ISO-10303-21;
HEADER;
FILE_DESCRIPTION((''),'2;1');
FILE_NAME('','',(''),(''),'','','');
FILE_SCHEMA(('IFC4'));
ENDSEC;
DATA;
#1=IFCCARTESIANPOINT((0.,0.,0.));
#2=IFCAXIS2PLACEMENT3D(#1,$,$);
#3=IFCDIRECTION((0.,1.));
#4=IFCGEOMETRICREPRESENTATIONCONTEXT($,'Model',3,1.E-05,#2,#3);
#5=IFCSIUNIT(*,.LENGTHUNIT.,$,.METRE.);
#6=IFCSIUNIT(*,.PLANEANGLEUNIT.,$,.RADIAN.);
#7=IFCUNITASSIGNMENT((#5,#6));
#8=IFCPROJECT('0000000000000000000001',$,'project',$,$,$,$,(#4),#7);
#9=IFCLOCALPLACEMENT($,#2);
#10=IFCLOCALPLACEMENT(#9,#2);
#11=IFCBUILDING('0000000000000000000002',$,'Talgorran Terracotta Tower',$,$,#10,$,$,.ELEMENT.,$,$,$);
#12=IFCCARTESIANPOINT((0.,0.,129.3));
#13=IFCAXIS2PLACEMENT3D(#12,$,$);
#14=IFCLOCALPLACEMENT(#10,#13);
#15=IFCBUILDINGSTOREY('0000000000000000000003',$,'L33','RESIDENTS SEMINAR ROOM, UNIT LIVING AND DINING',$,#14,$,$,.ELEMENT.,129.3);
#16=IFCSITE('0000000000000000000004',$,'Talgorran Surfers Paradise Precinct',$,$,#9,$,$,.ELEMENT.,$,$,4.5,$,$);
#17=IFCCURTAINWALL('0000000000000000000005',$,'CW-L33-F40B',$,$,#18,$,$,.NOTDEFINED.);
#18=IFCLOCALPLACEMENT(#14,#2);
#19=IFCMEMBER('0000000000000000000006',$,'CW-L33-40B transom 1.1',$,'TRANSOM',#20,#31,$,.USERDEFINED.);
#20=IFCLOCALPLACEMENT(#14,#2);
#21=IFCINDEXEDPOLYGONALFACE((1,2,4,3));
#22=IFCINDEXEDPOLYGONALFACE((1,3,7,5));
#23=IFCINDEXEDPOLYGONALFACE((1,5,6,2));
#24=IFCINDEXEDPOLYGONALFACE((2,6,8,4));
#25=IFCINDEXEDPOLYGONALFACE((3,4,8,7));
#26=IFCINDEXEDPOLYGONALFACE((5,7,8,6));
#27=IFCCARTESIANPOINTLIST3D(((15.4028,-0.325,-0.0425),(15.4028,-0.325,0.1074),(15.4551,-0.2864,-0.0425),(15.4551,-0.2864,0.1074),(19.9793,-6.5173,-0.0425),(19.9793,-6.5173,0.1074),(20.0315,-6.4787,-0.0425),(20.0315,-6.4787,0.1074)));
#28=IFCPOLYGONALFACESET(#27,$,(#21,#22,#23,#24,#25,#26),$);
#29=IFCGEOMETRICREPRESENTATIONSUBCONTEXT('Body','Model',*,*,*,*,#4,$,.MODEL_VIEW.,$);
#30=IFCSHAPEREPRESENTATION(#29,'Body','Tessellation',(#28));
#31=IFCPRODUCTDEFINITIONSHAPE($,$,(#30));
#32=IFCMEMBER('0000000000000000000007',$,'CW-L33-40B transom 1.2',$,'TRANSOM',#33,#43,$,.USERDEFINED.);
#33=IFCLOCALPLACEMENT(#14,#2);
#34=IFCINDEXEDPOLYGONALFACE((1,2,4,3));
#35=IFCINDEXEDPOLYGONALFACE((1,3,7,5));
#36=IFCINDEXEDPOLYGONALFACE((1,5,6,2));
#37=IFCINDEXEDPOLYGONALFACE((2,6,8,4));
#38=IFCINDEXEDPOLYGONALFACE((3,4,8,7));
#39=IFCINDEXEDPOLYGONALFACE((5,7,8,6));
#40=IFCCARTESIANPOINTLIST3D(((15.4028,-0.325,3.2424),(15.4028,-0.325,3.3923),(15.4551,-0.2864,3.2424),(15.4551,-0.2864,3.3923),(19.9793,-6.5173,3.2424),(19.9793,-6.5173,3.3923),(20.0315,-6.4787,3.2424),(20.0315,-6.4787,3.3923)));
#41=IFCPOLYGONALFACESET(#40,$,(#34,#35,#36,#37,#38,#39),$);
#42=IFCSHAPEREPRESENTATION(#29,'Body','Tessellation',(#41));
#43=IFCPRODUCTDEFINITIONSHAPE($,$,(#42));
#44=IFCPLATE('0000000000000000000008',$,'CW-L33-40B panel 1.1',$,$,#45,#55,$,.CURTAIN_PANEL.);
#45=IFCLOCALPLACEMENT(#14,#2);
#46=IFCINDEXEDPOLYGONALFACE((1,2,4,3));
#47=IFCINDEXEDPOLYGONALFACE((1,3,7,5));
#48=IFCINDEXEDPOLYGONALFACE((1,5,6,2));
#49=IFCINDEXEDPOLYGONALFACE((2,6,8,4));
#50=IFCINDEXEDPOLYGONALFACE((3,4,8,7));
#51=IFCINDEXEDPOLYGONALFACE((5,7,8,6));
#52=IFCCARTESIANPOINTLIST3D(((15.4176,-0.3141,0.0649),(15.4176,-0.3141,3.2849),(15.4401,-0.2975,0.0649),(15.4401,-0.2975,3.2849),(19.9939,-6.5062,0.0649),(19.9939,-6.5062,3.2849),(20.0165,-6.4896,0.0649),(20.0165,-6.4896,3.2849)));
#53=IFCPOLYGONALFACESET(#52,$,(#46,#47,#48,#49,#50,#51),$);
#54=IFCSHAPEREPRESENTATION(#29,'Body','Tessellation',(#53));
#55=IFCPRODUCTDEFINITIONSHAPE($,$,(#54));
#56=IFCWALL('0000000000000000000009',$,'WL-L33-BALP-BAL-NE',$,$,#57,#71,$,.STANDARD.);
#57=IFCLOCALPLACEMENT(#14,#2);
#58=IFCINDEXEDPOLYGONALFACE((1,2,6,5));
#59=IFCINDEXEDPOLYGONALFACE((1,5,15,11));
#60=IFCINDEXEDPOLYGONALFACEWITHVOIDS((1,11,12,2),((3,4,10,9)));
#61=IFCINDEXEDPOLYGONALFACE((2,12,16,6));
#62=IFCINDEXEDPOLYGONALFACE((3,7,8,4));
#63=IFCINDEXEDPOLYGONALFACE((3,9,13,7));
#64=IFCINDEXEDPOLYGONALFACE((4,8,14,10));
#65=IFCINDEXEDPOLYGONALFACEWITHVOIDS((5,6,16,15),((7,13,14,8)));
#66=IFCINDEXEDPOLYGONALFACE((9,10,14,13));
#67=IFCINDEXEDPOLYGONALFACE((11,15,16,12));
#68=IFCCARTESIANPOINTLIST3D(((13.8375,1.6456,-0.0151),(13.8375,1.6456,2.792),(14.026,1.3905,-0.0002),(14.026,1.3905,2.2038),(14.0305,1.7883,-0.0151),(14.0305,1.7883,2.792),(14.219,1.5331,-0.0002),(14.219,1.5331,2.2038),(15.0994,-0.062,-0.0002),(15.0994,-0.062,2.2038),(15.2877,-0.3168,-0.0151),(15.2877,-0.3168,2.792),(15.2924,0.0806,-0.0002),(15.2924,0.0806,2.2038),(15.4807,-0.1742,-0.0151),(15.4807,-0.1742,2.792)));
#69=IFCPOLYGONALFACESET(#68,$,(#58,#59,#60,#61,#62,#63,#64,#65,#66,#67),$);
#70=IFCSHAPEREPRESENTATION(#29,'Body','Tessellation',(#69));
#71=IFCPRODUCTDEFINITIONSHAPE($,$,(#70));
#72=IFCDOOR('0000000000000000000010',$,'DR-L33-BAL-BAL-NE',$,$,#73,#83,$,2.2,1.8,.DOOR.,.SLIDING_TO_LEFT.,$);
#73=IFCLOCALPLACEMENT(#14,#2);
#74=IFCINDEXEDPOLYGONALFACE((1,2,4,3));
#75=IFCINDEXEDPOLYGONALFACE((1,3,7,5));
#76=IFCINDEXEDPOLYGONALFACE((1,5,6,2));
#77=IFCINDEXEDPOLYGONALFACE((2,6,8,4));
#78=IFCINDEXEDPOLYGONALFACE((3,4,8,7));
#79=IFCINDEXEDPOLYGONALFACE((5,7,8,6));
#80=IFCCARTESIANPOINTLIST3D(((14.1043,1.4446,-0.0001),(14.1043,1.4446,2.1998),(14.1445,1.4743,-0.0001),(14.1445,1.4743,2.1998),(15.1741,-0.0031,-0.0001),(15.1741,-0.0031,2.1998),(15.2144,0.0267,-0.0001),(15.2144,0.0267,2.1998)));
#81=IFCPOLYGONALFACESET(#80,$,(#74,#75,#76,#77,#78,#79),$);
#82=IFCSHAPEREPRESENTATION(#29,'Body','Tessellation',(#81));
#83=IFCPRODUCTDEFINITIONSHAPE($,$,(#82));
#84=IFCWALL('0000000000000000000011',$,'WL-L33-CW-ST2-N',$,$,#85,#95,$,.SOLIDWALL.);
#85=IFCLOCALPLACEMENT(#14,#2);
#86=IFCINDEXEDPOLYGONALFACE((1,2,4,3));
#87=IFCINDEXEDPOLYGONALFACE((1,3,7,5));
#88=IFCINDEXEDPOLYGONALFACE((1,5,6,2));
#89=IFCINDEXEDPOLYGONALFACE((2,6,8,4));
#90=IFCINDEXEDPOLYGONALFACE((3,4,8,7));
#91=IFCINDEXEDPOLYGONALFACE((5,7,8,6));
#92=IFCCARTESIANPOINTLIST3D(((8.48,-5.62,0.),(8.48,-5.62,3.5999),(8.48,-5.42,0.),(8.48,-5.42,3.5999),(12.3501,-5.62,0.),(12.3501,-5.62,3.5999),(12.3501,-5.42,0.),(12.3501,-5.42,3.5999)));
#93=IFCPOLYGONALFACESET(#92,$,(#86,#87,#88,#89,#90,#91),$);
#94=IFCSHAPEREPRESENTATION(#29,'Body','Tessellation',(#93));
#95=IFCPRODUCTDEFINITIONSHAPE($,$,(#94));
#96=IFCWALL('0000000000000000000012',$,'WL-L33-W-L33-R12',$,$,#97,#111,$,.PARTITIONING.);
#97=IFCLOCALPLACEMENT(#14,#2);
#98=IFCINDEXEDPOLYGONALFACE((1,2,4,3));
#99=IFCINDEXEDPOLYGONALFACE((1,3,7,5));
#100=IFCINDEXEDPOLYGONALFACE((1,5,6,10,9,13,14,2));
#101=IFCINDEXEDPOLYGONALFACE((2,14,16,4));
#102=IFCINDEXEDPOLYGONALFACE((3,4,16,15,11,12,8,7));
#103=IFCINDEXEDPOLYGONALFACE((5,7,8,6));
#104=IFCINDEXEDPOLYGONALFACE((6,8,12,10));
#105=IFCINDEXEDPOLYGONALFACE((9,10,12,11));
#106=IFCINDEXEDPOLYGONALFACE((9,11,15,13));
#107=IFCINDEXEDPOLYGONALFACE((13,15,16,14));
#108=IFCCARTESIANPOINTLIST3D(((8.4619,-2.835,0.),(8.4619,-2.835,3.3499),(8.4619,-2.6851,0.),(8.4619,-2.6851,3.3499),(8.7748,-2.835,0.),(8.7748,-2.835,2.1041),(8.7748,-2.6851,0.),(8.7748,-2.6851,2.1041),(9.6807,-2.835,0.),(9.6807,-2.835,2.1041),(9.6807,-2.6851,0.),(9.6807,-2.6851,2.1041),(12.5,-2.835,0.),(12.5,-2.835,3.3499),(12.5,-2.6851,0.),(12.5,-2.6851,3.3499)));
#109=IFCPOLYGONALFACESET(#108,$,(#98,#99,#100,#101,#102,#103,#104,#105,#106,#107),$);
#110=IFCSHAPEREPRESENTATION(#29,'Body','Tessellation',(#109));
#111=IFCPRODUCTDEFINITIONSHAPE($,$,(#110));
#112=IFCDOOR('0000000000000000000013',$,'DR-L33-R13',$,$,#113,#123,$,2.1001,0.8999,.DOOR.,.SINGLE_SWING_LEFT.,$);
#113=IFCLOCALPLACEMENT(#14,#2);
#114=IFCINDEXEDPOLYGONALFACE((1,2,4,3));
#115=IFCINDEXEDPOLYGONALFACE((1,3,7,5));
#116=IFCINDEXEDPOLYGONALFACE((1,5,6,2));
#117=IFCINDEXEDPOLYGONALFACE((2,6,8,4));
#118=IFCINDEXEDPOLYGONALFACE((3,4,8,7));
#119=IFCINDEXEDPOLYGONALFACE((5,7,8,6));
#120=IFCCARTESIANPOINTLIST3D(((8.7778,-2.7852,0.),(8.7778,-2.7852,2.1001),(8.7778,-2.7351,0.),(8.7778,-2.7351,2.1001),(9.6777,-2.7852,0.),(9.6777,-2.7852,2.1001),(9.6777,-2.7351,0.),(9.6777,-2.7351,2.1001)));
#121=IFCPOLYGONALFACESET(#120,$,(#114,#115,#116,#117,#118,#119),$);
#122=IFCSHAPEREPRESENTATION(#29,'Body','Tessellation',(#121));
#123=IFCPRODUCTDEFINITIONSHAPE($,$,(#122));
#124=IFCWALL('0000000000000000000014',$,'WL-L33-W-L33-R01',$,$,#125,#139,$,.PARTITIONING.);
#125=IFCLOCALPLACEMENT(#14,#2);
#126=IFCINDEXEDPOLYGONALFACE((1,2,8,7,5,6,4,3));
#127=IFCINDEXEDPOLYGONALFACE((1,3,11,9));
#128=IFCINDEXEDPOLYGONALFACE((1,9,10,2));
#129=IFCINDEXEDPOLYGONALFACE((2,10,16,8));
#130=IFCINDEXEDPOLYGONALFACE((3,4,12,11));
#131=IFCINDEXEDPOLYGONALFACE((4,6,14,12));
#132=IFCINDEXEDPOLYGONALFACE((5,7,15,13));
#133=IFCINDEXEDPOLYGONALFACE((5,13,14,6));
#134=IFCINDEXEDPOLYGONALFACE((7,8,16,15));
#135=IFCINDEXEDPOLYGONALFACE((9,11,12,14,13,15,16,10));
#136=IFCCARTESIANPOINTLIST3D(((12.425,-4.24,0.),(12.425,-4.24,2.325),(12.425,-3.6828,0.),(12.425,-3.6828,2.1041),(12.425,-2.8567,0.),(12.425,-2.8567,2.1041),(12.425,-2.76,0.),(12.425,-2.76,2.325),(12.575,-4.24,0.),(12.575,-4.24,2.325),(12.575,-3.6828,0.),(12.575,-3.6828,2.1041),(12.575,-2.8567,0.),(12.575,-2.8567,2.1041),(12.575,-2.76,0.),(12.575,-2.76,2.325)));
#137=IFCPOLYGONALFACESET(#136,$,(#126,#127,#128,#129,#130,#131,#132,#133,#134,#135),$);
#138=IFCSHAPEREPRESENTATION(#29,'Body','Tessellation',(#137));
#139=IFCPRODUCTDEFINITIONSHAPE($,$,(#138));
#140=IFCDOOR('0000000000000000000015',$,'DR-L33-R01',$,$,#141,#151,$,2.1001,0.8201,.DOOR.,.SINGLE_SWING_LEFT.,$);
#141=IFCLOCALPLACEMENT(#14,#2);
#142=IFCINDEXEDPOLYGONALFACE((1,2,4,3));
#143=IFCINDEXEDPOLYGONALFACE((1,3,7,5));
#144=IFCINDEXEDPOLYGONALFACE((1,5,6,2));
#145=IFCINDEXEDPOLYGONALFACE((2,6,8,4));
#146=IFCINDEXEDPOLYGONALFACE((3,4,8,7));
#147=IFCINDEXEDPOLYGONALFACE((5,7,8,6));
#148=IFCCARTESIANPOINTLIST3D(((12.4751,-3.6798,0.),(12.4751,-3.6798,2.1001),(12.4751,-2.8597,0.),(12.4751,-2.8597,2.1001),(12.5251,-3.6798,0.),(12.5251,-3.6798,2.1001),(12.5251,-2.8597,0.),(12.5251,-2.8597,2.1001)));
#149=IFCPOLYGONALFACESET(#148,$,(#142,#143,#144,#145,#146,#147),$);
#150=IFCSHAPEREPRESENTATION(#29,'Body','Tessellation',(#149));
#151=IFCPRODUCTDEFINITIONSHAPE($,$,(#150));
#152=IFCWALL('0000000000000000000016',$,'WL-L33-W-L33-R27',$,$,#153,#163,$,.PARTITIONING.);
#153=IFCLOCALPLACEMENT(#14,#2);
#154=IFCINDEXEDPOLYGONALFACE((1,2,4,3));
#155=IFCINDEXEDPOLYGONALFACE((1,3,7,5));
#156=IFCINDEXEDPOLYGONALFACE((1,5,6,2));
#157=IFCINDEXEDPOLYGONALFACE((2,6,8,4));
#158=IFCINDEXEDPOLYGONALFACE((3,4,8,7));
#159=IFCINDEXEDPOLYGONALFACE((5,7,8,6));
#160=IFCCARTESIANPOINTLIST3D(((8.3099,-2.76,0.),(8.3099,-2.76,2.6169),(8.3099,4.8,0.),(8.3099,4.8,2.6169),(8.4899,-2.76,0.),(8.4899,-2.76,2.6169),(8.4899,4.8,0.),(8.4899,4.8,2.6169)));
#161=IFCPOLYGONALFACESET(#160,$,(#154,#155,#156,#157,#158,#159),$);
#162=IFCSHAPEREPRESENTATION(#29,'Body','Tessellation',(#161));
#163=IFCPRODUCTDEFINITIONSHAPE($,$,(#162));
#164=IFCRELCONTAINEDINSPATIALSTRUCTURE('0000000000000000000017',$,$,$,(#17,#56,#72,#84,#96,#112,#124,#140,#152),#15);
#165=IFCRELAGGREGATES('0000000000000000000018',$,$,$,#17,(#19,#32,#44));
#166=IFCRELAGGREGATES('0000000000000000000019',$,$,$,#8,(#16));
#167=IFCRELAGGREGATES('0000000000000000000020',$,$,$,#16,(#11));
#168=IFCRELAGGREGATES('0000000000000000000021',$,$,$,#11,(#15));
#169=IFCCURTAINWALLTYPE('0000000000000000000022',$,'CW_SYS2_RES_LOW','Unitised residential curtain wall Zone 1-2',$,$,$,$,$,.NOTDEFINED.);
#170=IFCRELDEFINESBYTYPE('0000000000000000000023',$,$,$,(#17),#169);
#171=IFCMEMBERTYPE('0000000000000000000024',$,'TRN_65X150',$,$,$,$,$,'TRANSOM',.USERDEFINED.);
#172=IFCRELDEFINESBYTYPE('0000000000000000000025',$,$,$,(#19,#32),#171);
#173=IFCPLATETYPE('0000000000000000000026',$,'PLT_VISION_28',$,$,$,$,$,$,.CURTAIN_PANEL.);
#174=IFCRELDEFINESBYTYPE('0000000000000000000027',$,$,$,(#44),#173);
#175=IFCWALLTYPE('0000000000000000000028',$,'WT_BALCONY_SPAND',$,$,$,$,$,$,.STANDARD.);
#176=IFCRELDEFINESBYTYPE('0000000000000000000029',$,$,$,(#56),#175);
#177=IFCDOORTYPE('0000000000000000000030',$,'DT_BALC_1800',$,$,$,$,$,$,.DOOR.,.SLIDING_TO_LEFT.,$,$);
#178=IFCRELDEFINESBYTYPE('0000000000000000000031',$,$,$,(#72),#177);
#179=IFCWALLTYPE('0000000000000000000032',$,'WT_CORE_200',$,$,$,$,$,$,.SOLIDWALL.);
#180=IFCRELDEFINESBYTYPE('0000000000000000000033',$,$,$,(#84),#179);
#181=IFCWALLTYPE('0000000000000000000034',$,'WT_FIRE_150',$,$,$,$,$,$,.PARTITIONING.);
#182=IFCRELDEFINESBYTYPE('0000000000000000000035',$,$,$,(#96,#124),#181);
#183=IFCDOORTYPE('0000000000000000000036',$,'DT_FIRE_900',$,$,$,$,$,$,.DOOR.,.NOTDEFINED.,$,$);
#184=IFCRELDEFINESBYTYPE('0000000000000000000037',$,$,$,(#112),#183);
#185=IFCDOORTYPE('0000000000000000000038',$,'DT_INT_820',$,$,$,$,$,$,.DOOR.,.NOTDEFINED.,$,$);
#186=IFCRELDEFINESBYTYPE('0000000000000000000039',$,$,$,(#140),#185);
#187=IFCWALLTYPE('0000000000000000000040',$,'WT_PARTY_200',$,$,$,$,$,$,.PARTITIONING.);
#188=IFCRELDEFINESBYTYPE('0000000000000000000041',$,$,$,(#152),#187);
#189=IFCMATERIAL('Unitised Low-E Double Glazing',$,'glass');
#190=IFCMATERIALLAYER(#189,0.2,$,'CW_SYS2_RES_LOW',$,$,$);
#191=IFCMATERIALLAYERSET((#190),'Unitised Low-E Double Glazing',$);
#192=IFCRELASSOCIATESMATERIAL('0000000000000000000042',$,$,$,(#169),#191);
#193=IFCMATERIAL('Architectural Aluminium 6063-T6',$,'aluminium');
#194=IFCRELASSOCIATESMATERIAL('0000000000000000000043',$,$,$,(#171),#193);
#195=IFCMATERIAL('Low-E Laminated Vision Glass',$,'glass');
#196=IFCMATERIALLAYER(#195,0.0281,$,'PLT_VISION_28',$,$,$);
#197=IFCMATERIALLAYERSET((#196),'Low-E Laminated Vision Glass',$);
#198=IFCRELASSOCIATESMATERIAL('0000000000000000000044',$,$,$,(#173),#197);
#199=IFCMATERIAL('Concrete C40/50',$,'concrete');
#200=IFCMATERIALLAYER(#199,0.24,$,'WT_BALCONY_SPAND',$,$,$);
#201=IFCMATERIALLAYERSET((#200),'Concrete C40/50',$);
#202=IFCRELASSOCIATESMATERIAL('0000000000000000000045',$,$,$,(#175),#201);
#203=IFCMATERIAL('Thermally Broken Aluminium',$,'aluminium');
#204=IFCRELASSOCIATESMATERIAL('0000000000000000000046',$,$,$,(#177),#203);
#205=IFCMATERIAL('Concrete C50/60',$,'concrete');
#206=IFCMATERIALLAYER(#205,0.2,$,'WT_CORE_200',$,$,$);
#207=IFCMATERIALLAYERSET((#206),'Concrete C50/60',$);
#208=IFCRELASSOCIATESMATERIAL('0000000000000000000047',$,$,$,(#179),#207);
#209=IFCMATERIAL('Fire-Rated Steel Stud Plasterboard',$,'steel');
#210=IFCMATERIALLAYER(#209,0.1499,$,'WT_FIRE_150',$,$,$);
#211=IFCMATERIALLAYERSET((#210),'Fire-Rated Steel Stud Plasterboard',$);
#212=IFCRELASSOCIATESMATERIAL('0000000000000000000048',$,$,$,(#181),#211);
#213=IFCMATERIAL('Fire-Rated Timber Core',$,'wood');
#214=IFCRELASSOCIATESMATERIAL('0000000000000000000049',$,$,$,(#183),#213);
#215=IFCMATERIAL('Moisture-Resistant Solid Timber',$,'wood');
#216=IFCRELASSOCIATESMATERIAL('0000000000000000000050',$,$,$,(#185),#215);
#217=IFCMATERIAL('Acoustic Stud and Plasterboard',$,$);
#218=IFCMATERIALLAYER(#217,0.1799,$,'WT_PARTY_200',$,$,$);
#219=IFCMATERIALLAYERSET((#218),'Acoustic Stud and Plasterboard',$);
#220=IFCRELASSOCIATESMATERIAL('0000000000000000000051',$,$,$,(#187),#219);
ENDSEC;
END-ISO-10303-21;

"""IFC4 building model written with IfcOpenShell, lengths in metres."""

from ifc_helpers import new_model, si_unit, direction, frame, frame_2d, origin, origin_2d, place, context, subcontext, project, spatial, rectangle, extrude, source, transform, mapped, material, layer, layer_set, material_profile, profile_set, type_object, type_shapes, element, fill, aggregate, save


model = new_model("IFC4")

# Units and contexts
model_context = context("Model", 3, precision=1e-05, world=origin(), true_north=direction((0.0, 1.0)))
body_context = subcontext(model_context, "Body", "Model", "MODEL_VIEW")
ifc_project = project(units=[si_unit("LENGTHUNIT", "METRE"), si_unit("PLANEANGLEUNIT", "RADIAN")], contexts=[model_context])

# Site, building, storey
site_placement = place(None, origin())
site = spatial("IfcSite", under=ifc_project, at=site_placement, Name="Talgorran Surfers Paradise Precinct", CompositionType="ELEMENT", RefElevation=4.5)
building_placement = place(site_placement, origin())
building = spatial("IfcBuilding", under=site, at=building_placement, Name="Talgorran Terracotta Tower", CompositionType="ELEMENT")
storey_placement = place(building_placement, frame((0.0, 0.0, 129.3)))
storey = spatial("IfcBuildingStorey", under=building, at=storey_placement, Name="L33", Description="RESIDENTS SEMINAR ROOM, UNIT LIVING AND DINING", CompositionType="ELEMENT", Elevation=129.3)

# Shared definitions
ifc_material_1 = material(Name="Unitised Low-E Double Glazing", Category="glass")
ifc_layer_1 = layer(ifc_material_1, 0.2, Name="CW_SYS2_RES_LOW")
ifc_layer_set_1 = layer_set([ifc_layer_1], Name="Unitised Low-E Double Glazing")
curtain_wall_type = type_object("IfcCurtainWallType", Name="CW_SYS2_RES_LOW", Description="Unitised residential curtain wall Zone 1-2", PredefinedType="NOTDEFINED", material=ifc_layer_set_1)
ifc_material_2 = material(Name="Architectural Aluminium 6063-T6", Category="aluminium")

# Curtain wall, members, plate
curtain_wall_1_placement = place(storey_placement, origin())
curtain_wall_1 = element("IfcCurtainWall", 1, at=curtain_wall_1_placement, inside=storey, type_object=curtain_wall_type, Name="CW-L33-F40B", PredefinedType="NOTDEFINED")
ifc_material_profile_1 = material_profile(ifc_material_2, rectangle(XDim=0.0649, YDim=0.1499, at=origin_2d()), Name="CWT65X150")
ifc_profile_set_1 = profile_set([ifc_material_profile_1], Name="Architectural Aluminium 6063-T6")
member_type_1 = type_object("IfcMemberType", Name="TRN_65X150", ElementType="TRANSOM", PredefinedType="USERDEFINED", material=ifc_profile_set_1)
member_1_placement = place(storey_placement, frame((20.0054, -6.498, 0.0325), z_axis=(-0.594344, 0.804211, 0.0), x_axis=(-0.804211, -0.594344, 0.0)))
member_1 = element("IfcMember", 2, at=member_1_placement, type_object=member_type_1, Name="CW-L33-40B transom 1.1", ObjectType="TRANSOM", PredefinedType="USERDEFINED", context=body_context, shape_type="SweptSolid", body=[
    extrude(rectangle(XDim=0.0649, YDim=0.1499, at=origin_2d()), origin(), (0.0, 0.0, 1.0), 7.7),
])
member_2_placement = place(storey_placement, frame((20.0054, -6.498, 3.3174), z_axis=(-0.594344, 0.804211, 0.0), x_axis=(-0.804211, -0.594344, 0.0)))
member_2 = element("IfcMember", 3, at=member_2_placement, type_object=member_type_1, Name="CW-L33-40B transom 1.2", ObjectType="TRANSOM", PredefinedType="USERDEFINED", context=body_context, shape_type="SweptSolid", body=[
    extrude(rectangle(XDim=0.0649, YDim=0.1499, at=origin_2d()), origin(), (0.0, 0.0, 1.0), 7.7),
])
ifc_material_3 = material(Name="Low-E Laminated Vision Glass", Category="glass")
ifc_layer_2 = layer(ifc_material_3, 0.0281, Name="PLT_VISION_28")
ifc_layer_set_2 = layer_set([ifc_layer_2], Name="Low-E Laminated Vision Glass")
plate_type = type_object("IfcPlateType", Name="PLT_VISION_28", PredefinedType="CURTAIN_PANEL", material=ifc_layer_set_2)
shared_shape = source(origin(), body_context, "Body", "SweptSolid", [
    extrude(rectangle(XDim=7.6997, YDim=0.0281, at=origin_2d()), origin(), (0.0, 0.0, 1.0), 3.22),
])
type_shapes(plate_type, [shared_shape])
plate_placement = place(storey_placement, frame((17.717, -3.4019, 0.0649), z_axis=(0.0, 0.0, 1.0), x_axis=(-0.594359, 0.804199, 0.0)))
plate = element("IfcPlate", 4, at=plate_placement, type_object=plate_type, Name="CW-L33-40B panel 1.1", PredefinedType="CURTAIN_PANEL", context=body_context, shape_type="MappedRepresentation", body=[
    mapped(shared_shape, transform((0.0, 0.0, 0.0), scale=1.0)),
])
aggregate(curtain_wall_1, [member_1, member_2, plate])

# Wall, opening, door
ifc_material_4 = material(Name="Concrete C40/50", Category="concrete")
ifc_layer_3 = layer(ifc_material_4, 0.24, Name="WT_BALCONY_SPAND")
ifc_layer_set_3 = layer_set([ifc_layer_3], Name="Concrete C40/50")
wall_type_1 = type_object("IfcWallType", Name="WT_BALCONY_SPAND", PredefinedType="STANDARD", material=ifc_layer_set_3)
wall_1_placement = place(storey_placement, frame((15.3843, -0.2456, -0.0151), z_axis=(0.0, 0.0, 1.0), x_axis=(-0.594318, 0.80423, 0.0)))
wall_1 = element("IfcWall", 5, at=wall_1_placement, inside=storey, type_object=wall_type_1, Name="WL-L33-BALP-BAL-NE", PredefinedType="STANDARD", context=body_context, shape_type="SweptSolid", body=[
    extrude(rectangle(XDim=2.4402, YDim=0.24, at=frame_2d((1.2202, 0.0))), origin(), (0.0, 0.0, 1.0), 2.8071),
])
opening_1_placement = place(wall_1_placement, frame((0.3201, 0.0, 0.0149)))
opening_1 = element("IfcOpeningElement", 6, at=opening_1_placement, cuts=wall_1, PredefinedType="OPENING", context=body_context, shape_type="SweptSolid", body=[
    extrude(rectangle(XDim=1.806, YDim=2.204, at=frame_2d((0.8999, 1.1021))), frame((0.0, 0.1299, 0.0), z_axis=(0.0, -1.0, 0.0), x_axis=(1.0, 0.0, 0.0)), (0.0, 0.0, 1.0), 0.26),
])
ifc_material_5 = material(Name="Thermally Broken Aluminium", Category="aluminium")
door_type_1 = type_object("IfcDoorType", Name="DT_BALC_1800", OperationType="SLIDING_TO_LEFT", PredefinedType="DOOR", material=ifc_material_5)
door_1_placement = place(opening_1_placement, origin())
door_1 = element("IfcDoor", 7, at=door_1_placement, inside=storey, type_object=door_type_1, Name="DR-L33-BAL-BAL-NE", OperationType="SLIDING_TO_LEFT", OverallHeight=2.2, OverallWidth=1.8, PredefinedType="DOOR", context=body_context, shape_type="SweptSolid", body=[
    extrude(rectangle(XDim=1.8, YDim=2.2, at=frame_2d((0.8999, 1.1001))), frame((0.0, 0.0249, 0.0), z_axis=(0.0, -1.0, 0.0), x_axis=(1.0, 0.0, 0.0)), (0.0, 0.0, 1.0), 0.05),
])
fill(opening_1, door_1)

# Wall
ifc_material_6 = material(Name="Concrete C50/60", Category="concrete")
ifc_layer_4 = layer(ifc_material_6, 0.2, Name="WT_CORE_200")
ifc_layer_set_4 = layer_set([ifc_layer_4], Name="Concrete C50/60")
wall_type_2 = type_object("IfcWallType", Name="WT_CORE_200", PredefinedType="SOLIDWALL", material=ifc_layer_set_4)
wall_2_placement = place(storey_placement, frame((8.48, -5.52, 0.0), z_axis=(0.0, 0.0, 1.0), x_axis=(1.0, 0.0, 0.0)))
element("IfcWall", 8, at=wall_2_placement, inside=storey, type_object=wall_type_2, Name="WL-L33-CW-ST2-N", PredefinedType="SOLIDWALL", context=body_context, shape_type="SweptSolid", body=[
    extrude(rectangle(XDim=3.8701, YDim=0.2, at=frame_2d((1.9351, 0.0))), origin(), (0.0, 0.0, 1.0), 3.5999),
])

# Walls, openings, doors
ifc_material_7 = material(Name="Fire-Rated Steel Stud Plasterboard", Category="steel")
ifc_layer_5 = layer(ifc_material_7, 0.1499, Name="WT_FIRE_150")
ifc_layer_set_5 = layer_set([ifc_layer_5], Name="Fire-Rated Steel Stud Plasterboard")
wall_type_3 = type_object("IfcWallType", Name="WT_FIRE_150", PredefinedType="PARTITIONING", material=ifc_layer_set_5)
wall_3_placement = place(storey_placement, frame((8.4619, -2.76, 0.0), z_axis=(0.0, 0.0, 1.0), x_axis=(1.0, 0.0, 0.0)))
wall_3 = element("IfcWall", 9, at=wall_3_placement, inside=storey, type_object=wall_type_3, Name="WL-L33-W-L33-R12", PredefinedType="PARTITIONING", context=body_context, shape_type="SweptSolid", body=[
    extrude(rectangle(XDim=4.0381, YDim=0.1499, at=frame_2d((2.019, 0.0))), origin(), (0.0, 0.0, 1.0), 3.3499),
])
opening_2_placement = place(wall_3_placement, frame((0.3159, 0.0, 0.0)))
opening_2 = element("IfcOpeningElement", 10, at=opening_2_placement, cuts=wall_3, PredefinedType="OPENING", context=body_context, shape_type="SweptSolid", body=[
    extrude(rectangle(XDim=0.9059, YDim=2.1041, at=frame_2d((0.45, 1.052))), frame((0.0, 0.085, 0.0), z_axis=(0.0, -1.0, 0.0), x_axis=(1.0, 0.0, 0.0)), (0.0, 0.0, 1.0), 0.1699),
])
ifc_material_8 = material(Name="Fire-Rated Timber Core", Category="wood")
door_type_2 = type_object("IfcDoorType", Name="DT_FIRE_900", OperationType="NOTDEFINED", PredefinedType="DOOR", material=ifc_material_8)
door_2_placement = place(opening_2_placement, origin())
door_2 = element("IfcDoor", 11, at=door_2_placement, inside=storey, type_object=door_type_2, Name="DR-L33-R13", OperationType="SINGLE_SWING_LEFT", OverallHeight=2.1001, OverallWidth=0.8999, PredefinedType="DOOR", context=body_context, shape_type="SweptSolid", body=[
    extrude(rectangle(XDim=0.8999, YDim=2.1001, at=frame_2d((0.45, 1.05))), frame((0.0, 0.0249, 0.0), z_axis=(0.0, -1.0, 0.0), x_axis=(1.0, 0.0, 0.0)), (0.0, 0.0, 1.0), 0.05),
])
fill(opening_2, door_2)
wall_4_placement = place(storey_placement, frame((12.5, -4.24, 0.0), z_axis=(0.0, 0.0, 1.0), x_axis=(0.0, 1.0, 0.0)))
wall_4 = element("IfcWall", 12, at=wall_4_placement, inside=storey, type_object=wall_type_3, Name="WL-L33-W-L33-R01", PredefinedType="PARTITIONING", context=body_context, shape_type="SweptSolid", body=[
    extrude(rectangle(XDim=1.48, YDim=0.1499, at=frame_2d((0.74, 0.0))), origin(), (0.0, 0.0, 1.0), 2.325),
])
opening_3_placement = place(wall_4_placement, frame((0.5601, 0.0, 0.0)))
opening_3 = element("IfcOpeningElement", 13, at=opening_3_placement, cuts=wall_4, PredefinedType="OPENING", context=body_context, shape_type="SweptSolid", body=[
    extrude(rectangle(XDim=0.8261, YDim=2.1041, at=frame_2d((0.4102, 1.052))), frame((0.0, 0.085, 0.0), z_axis=(0.0, -1.0, 0.0), x_axis=(1.0, 0.0, 0.0)), (0.0, 0.0, 1.0), 0.1699),
])
ifc_material_9 = material(Name="Moisture-Resistant Solid Timber", Category="wood")
door_type_3 = type_object("IfcDoorType", Name="DT_INT_820", OperationType="NOTDEFINED", PredefinedType="DOOR", material=ifc_material_9)
door_3_placement = place(opening_3_placement, origin())
door_3 = element("IfcDoor", 14, at=door_3_placement, inside=storey, type_object=door_type_3, Name="DR-L33-R01", OperationType="SINGLE_SWING_LEFT", OverallHeight=2.1001, OverallWidth=0.8201, PredefinedType="DOOR", context=body_context, shape_type="SweptSolid", body=[
    extrude(rectangle(XDim=0.8201, YDim=2.1001, at=frame_2d((0.4102, 1.05))), frame((0.0, 0.0249, 0.0), z_axis=(0.0, -1.0, 0.0), x_axis=(1.0, 0.0, 0.0)), (0.0, 0.0, 1.0), 0.05),
])
fill(opening_3, door_3)

# Wall
ifc_material_10 = material(Name="Acoustic Stud and Plasterboard")
ifc_layer_6 = layer(ifc_material_10, 0.1799, Name="WT_PARTY_200")
ifc_layer_set_6 = layer_set([ifc_layer_6], Name="Acoustic Stud and Plasterboard")
wall_type_4 = type_object("IfcWallType", Name="WT_PARTY_200", PredefinedType="PARTITIONING", material=ifc_layer_set_6)
wall_5_placement = place(storey_placement, frame((8.3999, -2.76, 0.0), z_axis=(0.0, 0.0, 1.0), x_axis=(0.0, 1.0, 0.0)))
element("IfcWall", 15, at=wall_5_placement, inside=storey, type_object=wall_type_4, Name="WL-L33-W-L33-R27", PredefinedType="PARTITIONING", context=body_context, shape_type="SweptSolid", body=[
    extrude(rectangle(XDim=7.5601, YDim=0.1799, at=frame_2d((3.78, 0.0))), origin(), (0.0, 0.0, 1.0), 2.6169),
])

save(model, "model.ifc")
